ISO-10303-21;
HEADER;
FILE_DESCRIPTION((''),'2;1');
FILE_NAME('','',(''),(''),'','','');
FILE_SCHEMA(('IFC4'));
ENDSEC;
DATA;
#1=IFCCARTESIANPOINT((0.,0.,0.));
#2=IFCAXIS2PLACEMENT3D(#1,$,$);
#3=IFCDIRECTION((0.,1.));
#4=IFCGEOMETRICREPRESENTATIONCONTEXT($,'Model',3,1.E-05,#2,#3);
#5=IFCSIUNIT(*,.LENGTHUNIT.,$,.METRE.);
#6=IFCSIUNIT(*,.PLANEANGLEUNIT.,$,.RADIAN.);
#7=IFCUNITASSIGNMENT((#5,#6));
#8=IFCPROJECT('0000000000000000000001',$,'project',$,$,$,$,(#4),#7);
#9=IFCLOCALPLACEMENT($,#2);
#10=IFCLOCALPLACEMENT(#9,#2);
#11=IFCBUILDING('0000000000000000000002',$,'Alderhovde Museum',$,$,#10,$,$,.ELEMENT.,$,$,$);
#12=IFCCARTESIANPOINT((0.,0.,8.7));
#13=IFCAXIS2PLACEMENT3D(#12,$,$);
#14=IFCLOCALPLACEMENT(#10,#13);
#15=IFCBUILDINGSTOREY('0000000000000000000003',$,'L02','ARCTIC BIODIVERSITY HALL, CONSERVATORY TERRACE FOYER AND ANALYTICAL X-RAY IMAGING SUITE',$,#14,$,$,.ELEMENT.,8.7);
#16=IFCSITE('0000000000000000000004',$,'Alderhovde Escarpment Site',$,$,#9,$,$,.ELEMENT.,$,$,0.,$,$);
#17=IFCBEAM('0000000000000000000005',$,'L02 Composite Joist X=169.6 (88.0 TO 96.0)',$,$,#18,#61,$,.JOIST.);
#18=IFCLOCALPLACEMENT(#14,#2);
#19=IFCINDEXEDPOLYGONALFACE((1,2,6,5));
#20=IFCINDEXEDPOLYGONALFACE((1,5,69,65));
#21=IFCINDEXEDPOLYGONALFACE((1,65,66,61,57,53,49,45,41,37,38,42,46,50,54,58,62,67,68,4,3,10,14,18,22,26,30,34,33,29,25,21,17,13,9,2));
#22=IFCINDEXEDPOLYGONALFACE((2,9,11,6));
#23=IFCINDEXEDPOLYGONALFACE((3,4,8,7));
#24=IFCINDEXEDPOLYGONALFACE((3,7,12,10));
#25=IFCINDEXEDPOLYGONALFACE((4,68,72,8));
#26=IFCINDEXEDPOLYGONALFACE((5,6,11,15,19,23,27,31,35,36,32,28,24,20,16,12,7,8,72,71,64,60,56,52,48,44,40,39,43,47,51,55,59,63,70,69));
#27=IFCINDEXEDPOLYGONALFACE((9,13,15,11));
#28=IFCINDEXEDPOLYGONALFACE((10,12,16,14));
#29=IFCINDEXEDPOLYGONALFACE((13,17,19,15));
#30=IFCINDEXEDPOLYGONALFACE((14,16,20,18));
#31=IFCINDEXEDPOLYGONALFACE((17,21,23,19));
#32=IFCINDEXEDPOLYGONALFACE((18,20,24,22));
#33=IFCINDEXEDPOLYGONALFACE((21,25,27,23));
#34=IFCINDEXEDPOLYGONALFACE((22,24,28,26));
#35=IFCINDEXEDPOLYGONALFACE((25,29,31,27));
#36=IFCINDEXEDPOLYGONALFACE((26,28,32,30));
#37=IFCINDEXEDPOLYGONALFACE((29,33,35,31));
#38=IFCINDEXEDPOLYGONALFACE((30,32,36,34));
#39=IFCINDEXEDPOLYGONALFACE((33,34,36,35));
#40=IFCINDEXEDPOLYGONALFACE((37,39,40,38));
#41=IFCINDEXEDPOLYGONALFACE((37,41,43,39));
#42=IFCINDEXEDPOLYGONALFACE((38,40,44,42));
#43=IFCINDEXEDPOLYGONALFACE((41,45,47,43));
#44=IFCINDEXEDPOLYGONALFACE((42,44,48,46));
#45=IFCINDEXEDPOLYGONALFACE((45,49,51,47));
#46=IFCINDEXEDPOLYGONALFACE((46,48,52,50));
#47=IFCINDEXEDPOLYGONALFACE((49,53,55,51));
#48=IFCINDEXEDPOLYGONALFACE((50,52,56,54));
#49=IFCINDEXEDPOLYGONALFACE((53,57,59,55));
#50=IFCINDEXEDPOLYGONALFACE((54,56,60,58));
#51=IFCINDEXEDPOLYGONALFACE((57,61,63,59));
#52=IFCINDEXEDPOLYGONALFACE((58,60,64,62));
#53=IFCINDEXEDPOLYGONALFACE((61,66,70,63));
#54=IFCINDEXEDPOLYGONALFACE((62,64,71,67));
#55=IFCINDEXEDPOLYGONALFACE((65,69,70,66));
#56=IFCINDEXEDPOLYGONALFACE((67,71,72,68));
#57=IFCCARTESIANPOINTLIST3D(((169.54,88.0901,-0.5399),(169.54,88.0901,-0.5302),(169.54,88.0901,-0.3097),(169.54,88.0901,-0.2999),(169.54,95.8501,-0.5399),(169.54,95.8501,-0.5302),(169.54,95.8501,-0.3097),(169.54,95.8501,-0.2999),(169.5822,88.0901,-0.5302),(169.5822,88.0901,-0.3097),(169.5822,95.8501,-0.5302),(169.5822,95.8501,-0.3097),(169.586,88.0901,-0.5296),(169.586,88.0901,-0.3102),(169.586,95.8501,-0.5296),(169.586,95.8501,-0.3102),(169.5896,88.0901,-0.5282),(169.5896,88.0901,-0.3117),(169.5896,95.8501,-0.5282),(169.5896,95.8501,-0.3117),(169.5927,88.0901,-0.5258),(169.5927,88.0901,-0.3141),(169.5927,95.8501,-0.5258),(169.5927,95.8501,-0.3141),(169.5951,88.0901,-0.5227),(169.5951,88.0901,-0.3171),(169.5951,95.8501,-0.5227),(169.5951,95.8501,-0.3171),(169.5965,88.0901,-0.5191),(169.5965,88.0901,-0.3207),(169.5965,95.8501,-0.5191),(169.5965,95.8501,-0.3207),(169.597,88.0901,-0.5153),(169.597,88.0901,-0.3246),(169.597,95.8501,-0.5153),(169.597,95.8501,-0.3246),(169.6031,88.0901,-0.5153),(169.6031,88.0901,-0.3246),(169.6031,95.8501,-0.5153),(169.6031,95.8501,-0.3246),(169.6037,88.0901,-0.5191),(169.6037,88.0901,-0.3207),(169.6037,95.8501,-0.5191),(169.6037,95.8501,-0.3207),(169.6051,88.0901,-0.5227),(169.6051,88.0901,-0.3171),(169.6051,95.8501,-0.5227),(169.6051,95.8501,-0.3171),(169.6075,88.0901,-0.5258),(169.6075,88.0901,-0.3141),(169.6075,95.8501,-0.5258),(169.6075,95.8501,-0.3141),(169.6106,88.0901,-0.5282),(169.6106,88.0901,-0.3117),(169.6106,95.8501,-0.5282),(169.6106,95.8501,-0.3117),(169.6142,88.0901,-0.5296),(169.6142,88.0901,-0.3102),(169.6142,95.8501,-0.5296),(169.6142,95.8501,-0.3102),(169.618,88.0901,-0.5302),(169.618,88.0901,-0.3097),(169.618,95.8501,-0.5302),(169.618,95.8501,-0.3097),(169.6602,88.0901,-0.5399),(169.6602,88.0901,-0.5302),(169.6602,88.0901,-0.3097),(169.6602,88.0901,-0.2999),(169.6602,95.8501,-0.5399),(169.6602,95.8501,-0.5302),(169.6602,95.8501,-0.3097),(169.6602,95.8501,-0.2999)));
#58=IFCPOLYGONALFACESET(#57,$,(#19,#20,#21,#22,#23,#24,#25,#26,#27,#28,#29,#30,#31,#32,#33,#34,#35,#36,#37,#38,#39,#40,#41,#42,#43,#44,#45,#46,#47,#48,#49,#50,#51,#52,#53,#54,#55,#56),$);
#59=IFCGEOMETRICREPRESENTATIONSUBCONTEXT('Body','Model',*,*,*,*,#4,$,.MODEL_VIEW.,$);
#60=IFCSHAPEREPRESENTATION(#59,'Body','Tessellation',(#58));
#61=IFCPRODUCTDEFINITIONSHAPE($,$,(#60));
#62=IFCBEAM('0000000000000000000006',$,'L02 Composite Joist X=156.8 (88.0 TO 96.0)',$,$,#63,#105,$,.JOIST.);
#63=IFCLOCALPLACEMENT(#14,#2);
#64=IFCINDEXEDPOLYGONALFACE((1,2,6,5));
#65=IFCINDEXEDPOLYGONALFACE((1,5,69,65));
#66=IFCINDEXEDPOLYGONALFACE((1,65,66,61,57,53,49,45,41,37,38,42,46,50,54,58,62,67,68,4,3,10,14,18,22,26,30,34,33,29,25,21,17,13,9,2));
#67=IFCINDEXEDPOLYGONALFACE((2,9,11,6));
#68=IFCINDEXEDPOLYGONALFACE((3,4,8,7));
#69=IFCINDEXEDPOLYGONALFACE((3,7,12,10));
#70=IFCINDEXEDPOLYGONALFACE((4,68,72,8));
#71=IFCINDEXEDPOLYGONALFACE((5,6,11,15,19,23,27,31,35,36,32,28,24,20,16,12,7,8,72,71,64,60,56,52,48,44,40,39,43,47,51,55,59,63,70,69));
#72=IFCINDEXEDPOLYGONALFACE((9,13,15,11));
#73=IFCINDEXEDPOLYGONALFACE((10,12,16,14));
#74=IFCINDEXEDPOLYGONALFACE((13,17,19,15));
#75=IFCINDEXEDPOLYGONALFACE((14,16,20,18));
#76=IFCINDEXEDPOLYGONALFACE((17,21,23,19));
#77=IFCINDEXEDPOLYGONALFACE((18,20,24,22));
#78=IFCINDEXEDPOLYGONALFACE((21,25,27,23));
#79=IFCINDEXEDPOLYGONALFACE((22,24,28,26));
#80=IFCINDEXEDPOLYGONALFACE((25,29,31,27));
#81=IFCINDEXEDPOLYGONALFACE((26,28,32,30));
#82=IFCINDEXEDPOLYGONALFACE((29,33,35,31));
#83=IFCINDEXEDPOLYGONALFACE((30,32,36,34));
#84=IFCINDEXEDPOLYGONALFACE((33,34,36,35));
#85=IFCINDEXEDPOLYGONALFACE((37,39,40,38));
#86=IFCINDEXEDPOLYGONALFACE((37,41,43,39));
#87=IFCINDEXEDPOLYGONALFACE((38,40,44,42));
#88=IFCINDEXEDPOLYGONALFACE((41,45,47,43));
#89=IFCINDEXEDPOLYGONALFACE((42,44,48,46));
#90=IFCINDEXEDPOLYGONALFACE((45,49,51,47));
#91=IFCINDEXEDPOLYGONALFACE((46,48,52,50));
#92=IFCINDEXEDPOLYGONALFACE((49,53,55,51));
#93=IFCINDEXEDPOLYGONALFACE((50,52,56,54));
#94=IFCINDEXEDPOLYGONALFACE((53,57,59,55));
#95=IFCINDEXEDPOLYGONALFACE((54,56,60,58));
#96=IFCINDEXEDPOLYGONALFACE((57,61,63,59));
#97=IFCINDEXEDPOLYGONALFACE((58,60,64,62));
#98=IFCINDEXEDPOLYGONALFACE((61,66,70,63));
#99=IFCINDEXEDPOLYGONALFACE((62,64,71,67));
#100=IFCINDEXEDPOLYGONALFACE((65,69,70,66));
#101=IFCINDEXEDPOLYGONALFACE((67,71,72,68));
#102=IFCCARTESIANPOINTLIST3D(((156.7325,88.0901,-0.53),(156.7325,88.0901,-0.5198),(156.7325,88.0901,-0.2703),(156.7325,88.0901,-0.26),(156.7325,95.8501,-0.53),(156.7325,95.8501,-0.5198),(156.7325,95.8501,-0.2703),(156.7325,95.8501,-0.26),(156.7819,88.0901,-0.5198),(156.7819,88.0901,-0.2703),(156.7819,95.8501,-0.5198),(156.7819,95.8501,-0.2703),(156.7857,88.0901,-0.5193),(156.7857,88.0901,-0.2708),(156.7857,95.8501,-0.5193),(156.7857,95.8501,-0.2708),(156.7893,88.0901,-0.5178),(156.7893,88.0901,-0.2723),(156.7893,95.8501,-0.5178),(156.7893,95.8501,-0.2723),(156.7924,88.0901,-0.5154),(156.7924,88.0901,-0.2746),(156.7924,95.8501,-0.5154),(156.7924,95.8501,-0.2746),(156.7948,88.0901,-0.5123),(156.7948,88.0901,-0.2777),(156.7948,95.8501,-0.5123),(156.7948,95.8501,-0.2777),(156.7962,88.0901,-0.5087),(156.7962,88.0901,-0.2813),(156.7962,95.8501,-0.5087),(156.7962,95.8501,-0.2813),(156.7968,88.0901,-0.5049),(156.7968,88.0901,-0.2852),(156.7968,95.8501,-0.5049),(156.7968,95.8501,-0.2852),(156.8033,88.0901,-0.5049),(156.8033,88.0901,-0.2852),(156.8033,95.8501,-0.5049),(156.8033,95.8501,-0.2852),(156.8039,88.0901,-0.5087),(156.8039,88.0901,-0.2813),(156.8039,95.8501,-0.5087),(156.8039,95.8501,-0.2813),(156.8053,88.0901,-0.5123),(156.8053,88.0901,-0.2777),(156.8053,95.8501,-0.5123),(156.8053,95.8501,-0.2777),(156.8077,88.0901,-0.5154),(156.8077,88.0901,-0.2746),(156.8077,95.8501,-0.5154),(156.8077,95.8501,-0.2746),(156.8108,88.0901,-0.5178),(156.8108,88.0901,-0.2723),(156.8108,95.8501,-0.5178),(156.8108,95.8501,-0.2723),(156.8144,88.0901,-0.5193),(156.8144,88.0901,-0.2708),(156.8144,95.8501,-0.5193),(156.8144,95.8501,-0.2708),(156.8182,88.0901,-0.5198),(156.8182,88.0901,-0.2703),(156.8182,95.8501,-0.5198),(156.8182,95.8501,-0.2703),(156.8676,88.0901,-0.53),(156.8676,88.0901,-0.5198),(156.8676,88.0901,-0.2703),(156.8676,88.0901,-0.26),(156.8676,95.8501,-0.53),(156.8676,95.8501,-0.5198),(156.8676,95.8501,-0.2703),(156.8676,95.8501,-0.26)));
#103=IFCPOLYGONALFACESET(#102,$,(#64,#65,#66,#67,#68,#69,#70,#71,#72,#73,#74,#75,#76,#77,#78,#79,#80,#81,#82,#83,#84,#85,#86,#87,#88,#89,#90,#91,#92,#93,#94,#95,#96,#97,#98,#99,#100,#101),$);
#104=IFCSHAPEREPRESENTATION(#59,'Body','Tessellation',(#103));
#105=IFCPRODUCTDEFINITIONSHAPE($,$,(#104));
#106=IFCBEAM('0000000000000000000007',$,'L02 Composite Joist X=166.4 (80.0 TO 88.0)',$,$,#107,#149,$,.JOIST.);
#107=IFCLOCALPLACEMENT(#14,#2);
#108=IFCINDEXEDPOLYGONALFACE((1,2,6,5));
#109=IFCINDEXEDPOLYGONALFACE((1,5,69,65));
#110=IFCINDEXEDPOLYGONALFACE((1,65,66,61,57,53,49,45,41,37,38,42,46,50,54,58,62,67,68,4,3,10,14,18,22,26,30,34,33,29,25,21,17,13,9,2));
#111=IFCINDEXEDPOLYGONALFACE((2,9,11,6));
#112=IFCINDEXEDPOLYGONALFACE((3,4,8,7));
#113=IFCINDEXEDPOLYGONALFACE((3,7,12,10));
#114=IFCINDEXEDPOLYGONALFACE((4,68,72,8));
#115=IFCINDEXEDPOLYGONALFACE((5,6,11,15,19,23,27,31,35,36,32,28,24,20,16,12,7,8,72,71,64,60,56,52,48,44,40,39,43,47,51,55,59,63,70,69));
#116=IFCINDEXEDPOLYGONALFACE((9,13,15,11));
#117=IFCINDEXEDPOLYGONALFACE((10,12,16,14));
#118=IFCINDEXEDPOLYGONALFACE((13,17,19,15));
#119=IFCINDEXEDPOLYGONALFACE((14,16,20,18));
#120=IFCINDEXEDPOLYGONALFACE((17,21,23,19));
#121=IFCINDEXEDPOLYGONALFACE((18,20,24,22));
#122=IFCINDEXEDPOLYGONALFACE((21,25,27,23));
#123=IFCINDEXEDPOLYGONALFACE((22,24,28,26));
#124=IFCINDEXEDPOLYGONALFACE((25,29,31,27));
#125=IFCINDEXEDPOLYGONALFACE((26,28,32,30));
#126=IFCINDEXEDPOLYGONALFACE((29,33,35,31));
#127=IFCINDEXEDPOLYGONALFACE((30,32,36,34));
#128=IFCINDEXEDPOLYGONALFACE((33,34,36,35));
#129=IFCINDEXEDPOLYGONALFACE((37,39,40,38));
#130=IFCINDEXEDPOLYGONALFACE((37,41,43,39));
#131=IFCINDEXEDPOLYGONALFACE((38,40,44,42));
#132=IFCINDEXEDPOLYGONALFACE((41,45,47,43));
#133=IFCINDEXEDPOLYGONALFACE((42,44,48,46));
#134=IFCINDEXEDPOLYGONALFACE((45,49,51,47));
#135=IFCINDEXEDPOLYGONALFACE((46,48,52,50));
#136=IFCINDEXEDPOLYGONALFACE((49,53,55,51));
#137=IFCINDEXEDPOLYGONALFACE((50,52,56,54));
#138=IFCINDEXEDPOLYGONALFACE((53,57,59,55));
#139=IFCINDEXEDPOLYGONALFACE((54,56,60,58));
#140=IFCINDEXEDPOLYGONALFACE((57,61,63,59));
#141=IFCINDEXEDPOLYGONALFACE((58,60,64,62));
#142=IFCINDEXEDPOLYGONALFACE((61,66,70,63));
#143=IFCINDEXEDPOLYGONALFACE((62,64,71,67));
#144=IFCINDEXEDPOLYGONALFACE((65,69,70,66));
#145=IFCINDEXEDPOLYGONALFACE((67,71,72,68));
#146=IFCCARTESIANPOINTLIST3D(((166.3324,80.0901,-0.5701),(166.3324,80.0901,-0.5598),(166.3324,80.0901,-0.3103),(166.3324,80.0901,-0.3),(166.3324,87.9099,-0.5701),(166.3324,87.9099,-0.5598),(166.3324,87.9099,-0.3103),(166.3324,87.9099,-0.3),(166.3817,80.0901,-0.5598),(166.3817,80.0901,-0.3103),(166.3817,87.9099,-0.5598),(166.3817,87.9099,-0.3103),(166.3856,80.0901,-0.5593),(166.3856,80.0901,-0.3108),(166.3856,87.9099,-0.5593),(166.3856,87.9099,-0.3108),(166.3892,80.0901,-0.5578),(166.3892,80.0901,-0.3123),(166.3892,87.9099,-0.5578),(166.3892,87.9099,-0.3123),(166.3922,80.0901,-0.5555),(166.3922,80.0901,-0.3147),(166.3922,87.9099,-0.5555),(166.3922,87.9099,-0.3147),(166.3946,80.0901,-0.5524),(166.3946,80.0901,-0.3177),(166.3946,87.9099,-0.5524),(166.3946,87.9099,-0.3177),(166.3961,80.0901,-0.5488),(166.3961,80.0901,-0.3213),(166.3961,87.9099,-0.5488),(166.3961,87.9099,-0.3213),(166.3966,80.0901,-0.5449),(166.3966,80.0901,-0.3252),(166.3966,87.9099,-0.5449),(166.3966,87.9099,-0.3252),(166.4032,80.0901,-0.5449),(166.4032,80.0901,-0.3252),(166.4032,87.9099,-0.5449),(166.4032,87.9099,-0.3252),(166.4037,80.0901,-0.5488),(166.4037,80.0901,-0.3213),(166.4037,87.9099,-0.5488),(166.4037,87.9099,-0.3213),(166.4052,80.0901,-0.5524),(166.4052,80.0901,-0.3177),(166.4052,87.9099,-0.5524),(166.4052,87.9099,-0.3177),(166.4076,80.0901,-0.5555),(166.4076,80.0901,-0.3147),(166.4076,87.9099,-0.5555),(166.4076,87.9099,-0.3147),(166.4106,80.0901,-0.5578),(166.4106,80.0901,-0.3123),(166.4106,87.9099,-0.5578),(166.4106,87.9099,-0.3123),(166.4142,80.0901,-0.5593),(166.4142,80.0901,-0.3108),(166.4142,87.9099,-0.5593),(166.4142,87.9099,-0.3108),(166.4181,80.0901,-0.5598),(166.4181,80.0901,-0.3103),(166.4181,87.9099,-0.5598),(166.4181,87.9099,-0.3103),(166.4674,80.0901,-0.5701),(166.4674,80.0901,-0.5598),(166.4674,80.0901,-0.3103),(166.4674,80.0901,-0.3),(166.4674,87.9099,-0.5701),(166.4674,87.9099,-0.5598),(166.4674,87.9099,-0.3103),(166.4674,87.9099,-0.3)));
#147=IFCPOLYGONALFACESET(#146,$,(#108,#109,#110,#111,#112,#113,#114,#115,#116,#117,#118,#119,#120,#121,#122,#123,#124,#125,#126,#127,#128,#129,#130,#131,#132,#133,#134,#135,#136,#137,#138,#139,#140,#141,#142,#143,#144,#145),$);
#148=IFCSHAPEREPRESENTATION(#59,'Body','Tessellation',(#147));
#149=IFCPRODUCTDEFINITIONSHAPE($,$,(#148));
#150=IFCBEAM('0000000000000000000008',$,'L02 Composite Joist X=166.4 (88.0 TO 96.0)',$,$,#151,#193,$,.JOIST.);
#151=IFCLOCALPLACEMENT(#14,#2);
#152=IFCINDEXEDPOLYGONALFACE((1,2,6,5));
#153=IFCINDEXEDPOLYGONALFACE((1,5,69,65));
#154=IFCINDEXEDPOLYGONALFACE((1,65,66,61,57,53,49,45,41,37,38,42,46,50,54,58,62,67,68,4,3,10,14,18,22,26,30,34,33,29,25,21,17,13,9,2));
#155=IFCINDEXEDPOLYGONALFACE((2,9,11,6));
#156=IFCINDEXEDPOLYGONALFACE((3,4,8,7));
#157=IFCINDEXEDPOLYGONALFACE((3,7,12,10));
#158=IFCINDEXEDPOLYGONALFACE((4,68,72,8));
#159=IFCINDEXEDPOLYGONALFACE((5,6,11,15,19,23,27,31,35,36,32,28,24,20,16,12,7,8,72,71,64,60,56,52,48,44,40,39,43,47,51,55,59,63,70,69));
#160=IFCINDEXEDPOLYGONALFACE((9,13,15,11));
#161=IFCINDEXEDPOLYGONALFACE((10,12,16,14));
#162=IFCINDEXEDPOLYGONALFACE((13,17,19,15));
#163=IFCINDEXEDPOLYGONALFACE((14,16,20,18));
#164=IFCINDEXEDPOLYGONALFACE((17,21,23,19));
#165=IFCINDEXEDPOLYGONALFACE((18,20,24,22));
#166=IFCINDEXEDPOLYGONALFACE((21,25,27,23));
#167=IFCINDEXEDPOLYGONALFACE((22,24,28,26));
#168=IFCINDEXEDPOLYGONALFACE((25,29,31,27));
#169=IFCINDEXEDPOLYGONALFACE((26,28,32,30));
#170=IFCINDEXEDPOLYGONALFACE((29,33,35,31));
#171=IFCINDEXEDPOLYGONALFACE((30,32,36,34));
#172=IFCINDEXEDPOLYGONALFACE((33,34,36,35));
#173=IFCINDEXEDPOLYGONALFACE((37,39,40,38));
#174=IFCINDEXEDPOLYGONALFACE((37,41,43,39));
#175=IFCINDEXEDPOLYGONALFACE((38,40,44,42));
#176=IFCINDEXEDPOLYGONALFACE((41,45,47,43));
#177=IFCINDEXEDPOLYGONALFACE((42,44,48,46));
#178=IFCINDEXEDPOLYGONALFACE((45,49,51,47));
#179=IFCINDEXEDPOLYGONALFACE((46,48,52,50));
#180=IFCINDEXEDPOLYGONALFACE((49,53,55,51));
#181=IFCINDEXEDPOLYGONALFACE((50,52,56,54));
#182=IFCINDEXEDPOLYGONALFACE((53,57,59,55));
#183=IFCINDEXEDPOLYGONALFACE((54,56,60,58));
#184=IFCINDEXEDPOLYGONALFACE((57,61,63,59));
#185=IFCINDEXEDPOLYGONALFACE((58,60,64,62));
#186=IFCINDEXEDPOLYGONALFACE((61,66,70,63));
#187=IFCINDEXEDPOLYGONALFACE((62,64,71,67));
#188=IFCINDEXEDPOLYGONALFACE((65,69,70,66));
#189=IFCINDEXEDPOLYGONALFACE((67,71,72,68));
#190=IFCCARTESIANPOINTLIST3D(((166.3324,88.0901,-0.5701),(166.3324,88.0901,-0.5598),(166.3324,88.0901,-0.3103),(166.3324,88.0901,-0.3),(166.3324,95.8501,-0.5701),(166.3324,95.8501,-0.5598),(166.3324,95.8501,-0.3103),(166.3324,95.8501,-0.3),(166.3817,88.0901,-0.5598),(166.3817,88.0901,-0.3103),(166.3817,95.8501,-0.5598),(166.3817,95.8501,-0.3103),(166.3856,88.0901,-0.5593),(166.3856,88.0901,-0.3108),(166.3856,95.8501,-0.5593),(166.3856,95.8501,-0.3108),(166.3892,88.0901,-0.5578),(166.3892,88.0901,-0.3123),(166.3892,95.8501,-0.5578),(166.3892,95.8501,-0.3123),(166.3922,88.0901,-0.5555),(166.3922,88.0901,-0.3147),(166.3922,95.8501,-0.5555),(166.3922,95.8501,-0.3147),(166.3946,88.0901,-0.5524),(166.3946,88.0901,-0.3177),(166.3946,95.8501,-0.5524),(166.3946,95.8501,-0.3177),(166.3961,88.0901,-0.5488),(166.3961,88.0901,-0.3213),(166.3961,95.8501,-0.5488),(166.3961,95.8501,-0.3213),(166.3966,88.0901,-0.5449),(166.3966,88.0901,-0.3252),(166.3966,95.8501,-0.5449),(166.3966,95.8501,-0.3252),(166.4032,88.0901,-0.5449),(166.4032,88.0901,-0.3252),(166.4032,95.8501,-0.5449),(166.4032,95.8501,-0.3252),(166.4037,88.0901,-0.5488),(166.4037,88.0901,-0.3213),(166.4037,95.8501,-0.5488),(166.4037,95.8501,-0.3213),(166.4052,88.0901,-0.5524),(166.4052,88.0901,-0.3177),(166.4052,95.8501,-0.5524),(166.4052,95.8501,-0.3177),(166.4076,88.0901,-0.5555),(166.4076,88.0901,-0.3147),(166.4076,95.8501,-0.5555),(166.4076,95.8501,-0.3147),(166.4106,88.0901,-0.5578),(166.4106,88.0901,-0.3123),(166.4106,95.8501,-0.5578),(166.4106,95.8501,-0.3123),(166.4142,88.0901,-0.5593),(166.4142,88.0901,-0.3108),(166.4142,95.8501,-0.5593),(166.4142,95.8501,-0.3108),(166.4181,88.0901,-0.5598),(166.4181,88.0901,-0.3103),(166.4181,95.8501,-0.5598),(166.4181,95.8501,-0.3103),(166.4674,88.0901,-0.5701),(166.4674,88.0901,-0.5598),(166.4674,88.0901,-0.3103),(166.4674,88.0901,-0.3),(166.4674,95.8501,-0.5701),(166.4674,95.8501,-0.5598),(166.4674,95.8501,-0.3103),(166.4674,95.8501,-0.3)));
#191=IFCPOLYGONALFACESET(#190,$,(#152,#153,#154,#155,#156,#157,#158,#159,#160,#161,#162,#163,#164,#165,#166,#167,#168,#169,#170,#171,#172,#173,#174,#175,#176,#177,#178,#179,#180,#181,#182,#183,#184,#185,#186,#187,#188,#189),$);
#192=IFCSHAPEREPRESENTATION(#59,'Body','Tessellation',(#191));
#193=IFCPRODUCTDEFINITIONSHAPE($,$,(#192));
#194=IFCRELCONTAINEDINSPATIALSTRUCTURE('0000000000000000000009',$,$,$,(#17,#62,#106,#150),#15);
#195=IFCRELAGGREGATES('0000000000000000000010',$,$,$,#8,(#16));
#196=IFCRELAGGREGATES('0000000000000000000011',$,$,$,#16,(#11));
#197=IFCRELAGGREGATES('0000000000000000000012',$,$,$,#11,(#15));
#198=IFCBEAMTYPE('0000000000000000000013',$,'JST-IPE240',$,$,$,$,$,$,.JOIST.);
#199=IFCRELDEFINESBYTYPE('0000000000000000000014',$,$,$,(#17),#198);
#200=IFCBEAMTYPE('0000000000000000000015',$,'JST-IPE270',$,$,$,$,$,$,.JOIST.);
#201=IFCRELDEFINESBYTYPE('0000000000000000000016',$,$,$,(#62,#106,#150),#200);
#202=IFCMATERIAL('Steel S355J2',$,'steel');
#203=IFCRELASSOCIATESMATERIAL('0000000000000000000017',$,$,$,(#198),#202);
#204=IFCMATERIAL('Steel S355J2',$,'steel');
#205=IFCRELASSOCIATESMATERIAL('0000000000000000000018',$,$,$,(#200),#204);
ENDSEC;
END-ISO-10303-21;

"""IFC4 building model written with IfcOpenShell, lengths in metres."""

from ifc_helpers import new_model, si_unit, direction, frame, origin, origin_2d, place, context, subcontext, project, spatial, i_section, extrude, material, material_profile, profile_set, type_object, element, save


model = new_model("IFC4")

# Units and contexts
model_context = context("Model", 3, precision=1e-05, world=origin(), true_north=direction((0.0, 1.0)))
body_context = subcontext(model_context, "Body", "Model", "MODEL_VIEW")
ifc_project = project(units=[si_unit("LENGTHUNIT", "METRE"), si_unit("PLANEANGLEUNIT", "RADIAN")], contexts=[model_context])

# Site, building, storey
site_placement = place(None, origin())
site = spatial("IfcSite", under=ifc_project, at=site_placement, Name="Alderhovde Escarpment Site", CompositionType="ELEMENT", RefElevation=0.0)
building_placement = place(site_placement, origin())
building = spatial("IfcBuilding", under=site, at=building_placement, Name="Alderhovde Museum", CompositionType="ELEMENT")
storey_placement = place(building_placement, frame((0.0, 0.0, 8.7)))
storey = spatial("IfcBuildingStorey", under=building, at=storey_placement, Name="L02", Description="ARCTIC BIODIVERSITY HALL, CONSERVATORY TERRACE FOYER AND ANALYTICAL X-RAY IMAGING SUITE", CompositionType="ELEMENT", Elevation=8.7)

# Beams
ifc_material_1 = material(Name="Steel S355J2", Category="steel")
ifc_material_profile_1 = material_profile(ifc_material_1, i_section(OverallWidth=0.1201, OverallDepth=0.24, WebThickness=0.0061, FlangeThickness=0.0098, FilletRadius=0.0149, at=origin_2d()), Name="IPE 240")
ifc_profile_set_1 = profile_set([ifc_material_profile_1], Name="Steel S355J2")
beam_type_1 = type_object("IfcBeamType", Name="JST-IPE240", PredefinedType="JOIST", material=ifc_profile_set_1)
beam_1_placement = place(storey_placement, frame((169.6001, 88.0901, -0.4199), z_axis=(0.0, 1.0, 0.0), x_axis=(-1.0, 0.0, 0.0)))
element("IfcBeam", 1, at=beam_1_placement, inside=storey, type_object=beam_type_1, Name="L02 Composite Joist X=169.6 (88.0 TO 96.0)", PredefinedType="JOIST", context=body_context, shape_type="SweptSolid", body=[
    extrude(i_section(OverallWidth=0.1201, OverallDepth=0.24, WebThickness=0.0061, FlangeThickness=0.0098, FilletRadius=0.0149, at=origin_2d()), origin(), (0.0, 0.0, 1.0), 7.76),
])
ifc_material_2 = material(Name="Steel S355J2", Category="steel")
ifc_material_profile_2 = material_profile(ifc_material_2, i_section(OverallWidth=0.135, OverallDepth=0.27, WebThickness=0.0066, FlangeThickness=0.0103, FilletRadius=0.0149, at=origin_2d()), Name="IPE 270")
ifc_profile_set_2 = profile_set([ifc_material_profile_2], Name="Steel S355J2")
beam_type_2 = type_object("IfcBeamType", Name="JST-IPE270", PredefinedType="JOIST", material=ifc_profile_set_2)
beam_2_placement = place(storey_placement, frame((156.8, 88.0901, -0.395), z_axis=(0.0, 1.0, 0.0), x_axis=(-1.0, 0.0, 0.0)))
element("IfcBeam", 2, at=beam_2_placement, inside=storey, type_object=beam_type_2, Name="L02 Composite Joist X=156.8 (88.0 TO 96.0)", PredefinedType="JOIST", context=body_context, shape_type="SweptSolid", body=[
    extrude(i_section(OverallWidth=0.135, OverallDepth=0.27, WebThickness=0.0066, FlangeThickness=0.0103, FilletRadius=0.0149, at=origin_2d()), origin(), (0.0, 0.0, 1.0), 7.76),
])
beam_3_placement = place(storey_placement, frame((166.3999, 80.0901, -0.4351), z_axis=(0.0, 1.0, 0.0), x_axis=(-1.0, 0.0, 0.0)))
element("IfcBeam", 3, at=beam_3_placement, inside=storey, type_object=beam_type_2, Name="L02 Composite Joist X=166.4 (80.0 TO 88.0)", PredefinedType="JOIST", context=body_context, shape_type="SweptSolid", body=[
    extrude(i_section(OverallWidth=0.135, OverallDepth=0.27, WebThickness=0.0066, FlangeThickness=0.0103, FilletRadius=0.0149, at=origin_2d()), origin(), (0.0, 0.0, 1.0), 7.8198),
])
beam_4_placement = place(storey_placement, frame((166.3999, 88.0901, -0.4351), z_axis=(0.0, 1.0, 0.0), x_axis=(-1.0, 0.0, 0.0)))
element("IfcBeam", 4, at=beam_4_placement, inside=storey, type_object=beam_type_2, Name="L02 Composite Joist X=166.4 (88.0 TO 96.0)", PredefinedType="JOIST", context=body_context, shape_type="SweptSolid", body=[
    extrude(i_section(OverallWidth=0.135, OverallDepth=0.27, WebThickness=0.0066, FlangeThickness=0.0103, FilletRadius=0.0149, at=origin_2d()), origin(), (0.0, 0.0, 1.0), 7.76),
])

save(model, "model.ifc")
